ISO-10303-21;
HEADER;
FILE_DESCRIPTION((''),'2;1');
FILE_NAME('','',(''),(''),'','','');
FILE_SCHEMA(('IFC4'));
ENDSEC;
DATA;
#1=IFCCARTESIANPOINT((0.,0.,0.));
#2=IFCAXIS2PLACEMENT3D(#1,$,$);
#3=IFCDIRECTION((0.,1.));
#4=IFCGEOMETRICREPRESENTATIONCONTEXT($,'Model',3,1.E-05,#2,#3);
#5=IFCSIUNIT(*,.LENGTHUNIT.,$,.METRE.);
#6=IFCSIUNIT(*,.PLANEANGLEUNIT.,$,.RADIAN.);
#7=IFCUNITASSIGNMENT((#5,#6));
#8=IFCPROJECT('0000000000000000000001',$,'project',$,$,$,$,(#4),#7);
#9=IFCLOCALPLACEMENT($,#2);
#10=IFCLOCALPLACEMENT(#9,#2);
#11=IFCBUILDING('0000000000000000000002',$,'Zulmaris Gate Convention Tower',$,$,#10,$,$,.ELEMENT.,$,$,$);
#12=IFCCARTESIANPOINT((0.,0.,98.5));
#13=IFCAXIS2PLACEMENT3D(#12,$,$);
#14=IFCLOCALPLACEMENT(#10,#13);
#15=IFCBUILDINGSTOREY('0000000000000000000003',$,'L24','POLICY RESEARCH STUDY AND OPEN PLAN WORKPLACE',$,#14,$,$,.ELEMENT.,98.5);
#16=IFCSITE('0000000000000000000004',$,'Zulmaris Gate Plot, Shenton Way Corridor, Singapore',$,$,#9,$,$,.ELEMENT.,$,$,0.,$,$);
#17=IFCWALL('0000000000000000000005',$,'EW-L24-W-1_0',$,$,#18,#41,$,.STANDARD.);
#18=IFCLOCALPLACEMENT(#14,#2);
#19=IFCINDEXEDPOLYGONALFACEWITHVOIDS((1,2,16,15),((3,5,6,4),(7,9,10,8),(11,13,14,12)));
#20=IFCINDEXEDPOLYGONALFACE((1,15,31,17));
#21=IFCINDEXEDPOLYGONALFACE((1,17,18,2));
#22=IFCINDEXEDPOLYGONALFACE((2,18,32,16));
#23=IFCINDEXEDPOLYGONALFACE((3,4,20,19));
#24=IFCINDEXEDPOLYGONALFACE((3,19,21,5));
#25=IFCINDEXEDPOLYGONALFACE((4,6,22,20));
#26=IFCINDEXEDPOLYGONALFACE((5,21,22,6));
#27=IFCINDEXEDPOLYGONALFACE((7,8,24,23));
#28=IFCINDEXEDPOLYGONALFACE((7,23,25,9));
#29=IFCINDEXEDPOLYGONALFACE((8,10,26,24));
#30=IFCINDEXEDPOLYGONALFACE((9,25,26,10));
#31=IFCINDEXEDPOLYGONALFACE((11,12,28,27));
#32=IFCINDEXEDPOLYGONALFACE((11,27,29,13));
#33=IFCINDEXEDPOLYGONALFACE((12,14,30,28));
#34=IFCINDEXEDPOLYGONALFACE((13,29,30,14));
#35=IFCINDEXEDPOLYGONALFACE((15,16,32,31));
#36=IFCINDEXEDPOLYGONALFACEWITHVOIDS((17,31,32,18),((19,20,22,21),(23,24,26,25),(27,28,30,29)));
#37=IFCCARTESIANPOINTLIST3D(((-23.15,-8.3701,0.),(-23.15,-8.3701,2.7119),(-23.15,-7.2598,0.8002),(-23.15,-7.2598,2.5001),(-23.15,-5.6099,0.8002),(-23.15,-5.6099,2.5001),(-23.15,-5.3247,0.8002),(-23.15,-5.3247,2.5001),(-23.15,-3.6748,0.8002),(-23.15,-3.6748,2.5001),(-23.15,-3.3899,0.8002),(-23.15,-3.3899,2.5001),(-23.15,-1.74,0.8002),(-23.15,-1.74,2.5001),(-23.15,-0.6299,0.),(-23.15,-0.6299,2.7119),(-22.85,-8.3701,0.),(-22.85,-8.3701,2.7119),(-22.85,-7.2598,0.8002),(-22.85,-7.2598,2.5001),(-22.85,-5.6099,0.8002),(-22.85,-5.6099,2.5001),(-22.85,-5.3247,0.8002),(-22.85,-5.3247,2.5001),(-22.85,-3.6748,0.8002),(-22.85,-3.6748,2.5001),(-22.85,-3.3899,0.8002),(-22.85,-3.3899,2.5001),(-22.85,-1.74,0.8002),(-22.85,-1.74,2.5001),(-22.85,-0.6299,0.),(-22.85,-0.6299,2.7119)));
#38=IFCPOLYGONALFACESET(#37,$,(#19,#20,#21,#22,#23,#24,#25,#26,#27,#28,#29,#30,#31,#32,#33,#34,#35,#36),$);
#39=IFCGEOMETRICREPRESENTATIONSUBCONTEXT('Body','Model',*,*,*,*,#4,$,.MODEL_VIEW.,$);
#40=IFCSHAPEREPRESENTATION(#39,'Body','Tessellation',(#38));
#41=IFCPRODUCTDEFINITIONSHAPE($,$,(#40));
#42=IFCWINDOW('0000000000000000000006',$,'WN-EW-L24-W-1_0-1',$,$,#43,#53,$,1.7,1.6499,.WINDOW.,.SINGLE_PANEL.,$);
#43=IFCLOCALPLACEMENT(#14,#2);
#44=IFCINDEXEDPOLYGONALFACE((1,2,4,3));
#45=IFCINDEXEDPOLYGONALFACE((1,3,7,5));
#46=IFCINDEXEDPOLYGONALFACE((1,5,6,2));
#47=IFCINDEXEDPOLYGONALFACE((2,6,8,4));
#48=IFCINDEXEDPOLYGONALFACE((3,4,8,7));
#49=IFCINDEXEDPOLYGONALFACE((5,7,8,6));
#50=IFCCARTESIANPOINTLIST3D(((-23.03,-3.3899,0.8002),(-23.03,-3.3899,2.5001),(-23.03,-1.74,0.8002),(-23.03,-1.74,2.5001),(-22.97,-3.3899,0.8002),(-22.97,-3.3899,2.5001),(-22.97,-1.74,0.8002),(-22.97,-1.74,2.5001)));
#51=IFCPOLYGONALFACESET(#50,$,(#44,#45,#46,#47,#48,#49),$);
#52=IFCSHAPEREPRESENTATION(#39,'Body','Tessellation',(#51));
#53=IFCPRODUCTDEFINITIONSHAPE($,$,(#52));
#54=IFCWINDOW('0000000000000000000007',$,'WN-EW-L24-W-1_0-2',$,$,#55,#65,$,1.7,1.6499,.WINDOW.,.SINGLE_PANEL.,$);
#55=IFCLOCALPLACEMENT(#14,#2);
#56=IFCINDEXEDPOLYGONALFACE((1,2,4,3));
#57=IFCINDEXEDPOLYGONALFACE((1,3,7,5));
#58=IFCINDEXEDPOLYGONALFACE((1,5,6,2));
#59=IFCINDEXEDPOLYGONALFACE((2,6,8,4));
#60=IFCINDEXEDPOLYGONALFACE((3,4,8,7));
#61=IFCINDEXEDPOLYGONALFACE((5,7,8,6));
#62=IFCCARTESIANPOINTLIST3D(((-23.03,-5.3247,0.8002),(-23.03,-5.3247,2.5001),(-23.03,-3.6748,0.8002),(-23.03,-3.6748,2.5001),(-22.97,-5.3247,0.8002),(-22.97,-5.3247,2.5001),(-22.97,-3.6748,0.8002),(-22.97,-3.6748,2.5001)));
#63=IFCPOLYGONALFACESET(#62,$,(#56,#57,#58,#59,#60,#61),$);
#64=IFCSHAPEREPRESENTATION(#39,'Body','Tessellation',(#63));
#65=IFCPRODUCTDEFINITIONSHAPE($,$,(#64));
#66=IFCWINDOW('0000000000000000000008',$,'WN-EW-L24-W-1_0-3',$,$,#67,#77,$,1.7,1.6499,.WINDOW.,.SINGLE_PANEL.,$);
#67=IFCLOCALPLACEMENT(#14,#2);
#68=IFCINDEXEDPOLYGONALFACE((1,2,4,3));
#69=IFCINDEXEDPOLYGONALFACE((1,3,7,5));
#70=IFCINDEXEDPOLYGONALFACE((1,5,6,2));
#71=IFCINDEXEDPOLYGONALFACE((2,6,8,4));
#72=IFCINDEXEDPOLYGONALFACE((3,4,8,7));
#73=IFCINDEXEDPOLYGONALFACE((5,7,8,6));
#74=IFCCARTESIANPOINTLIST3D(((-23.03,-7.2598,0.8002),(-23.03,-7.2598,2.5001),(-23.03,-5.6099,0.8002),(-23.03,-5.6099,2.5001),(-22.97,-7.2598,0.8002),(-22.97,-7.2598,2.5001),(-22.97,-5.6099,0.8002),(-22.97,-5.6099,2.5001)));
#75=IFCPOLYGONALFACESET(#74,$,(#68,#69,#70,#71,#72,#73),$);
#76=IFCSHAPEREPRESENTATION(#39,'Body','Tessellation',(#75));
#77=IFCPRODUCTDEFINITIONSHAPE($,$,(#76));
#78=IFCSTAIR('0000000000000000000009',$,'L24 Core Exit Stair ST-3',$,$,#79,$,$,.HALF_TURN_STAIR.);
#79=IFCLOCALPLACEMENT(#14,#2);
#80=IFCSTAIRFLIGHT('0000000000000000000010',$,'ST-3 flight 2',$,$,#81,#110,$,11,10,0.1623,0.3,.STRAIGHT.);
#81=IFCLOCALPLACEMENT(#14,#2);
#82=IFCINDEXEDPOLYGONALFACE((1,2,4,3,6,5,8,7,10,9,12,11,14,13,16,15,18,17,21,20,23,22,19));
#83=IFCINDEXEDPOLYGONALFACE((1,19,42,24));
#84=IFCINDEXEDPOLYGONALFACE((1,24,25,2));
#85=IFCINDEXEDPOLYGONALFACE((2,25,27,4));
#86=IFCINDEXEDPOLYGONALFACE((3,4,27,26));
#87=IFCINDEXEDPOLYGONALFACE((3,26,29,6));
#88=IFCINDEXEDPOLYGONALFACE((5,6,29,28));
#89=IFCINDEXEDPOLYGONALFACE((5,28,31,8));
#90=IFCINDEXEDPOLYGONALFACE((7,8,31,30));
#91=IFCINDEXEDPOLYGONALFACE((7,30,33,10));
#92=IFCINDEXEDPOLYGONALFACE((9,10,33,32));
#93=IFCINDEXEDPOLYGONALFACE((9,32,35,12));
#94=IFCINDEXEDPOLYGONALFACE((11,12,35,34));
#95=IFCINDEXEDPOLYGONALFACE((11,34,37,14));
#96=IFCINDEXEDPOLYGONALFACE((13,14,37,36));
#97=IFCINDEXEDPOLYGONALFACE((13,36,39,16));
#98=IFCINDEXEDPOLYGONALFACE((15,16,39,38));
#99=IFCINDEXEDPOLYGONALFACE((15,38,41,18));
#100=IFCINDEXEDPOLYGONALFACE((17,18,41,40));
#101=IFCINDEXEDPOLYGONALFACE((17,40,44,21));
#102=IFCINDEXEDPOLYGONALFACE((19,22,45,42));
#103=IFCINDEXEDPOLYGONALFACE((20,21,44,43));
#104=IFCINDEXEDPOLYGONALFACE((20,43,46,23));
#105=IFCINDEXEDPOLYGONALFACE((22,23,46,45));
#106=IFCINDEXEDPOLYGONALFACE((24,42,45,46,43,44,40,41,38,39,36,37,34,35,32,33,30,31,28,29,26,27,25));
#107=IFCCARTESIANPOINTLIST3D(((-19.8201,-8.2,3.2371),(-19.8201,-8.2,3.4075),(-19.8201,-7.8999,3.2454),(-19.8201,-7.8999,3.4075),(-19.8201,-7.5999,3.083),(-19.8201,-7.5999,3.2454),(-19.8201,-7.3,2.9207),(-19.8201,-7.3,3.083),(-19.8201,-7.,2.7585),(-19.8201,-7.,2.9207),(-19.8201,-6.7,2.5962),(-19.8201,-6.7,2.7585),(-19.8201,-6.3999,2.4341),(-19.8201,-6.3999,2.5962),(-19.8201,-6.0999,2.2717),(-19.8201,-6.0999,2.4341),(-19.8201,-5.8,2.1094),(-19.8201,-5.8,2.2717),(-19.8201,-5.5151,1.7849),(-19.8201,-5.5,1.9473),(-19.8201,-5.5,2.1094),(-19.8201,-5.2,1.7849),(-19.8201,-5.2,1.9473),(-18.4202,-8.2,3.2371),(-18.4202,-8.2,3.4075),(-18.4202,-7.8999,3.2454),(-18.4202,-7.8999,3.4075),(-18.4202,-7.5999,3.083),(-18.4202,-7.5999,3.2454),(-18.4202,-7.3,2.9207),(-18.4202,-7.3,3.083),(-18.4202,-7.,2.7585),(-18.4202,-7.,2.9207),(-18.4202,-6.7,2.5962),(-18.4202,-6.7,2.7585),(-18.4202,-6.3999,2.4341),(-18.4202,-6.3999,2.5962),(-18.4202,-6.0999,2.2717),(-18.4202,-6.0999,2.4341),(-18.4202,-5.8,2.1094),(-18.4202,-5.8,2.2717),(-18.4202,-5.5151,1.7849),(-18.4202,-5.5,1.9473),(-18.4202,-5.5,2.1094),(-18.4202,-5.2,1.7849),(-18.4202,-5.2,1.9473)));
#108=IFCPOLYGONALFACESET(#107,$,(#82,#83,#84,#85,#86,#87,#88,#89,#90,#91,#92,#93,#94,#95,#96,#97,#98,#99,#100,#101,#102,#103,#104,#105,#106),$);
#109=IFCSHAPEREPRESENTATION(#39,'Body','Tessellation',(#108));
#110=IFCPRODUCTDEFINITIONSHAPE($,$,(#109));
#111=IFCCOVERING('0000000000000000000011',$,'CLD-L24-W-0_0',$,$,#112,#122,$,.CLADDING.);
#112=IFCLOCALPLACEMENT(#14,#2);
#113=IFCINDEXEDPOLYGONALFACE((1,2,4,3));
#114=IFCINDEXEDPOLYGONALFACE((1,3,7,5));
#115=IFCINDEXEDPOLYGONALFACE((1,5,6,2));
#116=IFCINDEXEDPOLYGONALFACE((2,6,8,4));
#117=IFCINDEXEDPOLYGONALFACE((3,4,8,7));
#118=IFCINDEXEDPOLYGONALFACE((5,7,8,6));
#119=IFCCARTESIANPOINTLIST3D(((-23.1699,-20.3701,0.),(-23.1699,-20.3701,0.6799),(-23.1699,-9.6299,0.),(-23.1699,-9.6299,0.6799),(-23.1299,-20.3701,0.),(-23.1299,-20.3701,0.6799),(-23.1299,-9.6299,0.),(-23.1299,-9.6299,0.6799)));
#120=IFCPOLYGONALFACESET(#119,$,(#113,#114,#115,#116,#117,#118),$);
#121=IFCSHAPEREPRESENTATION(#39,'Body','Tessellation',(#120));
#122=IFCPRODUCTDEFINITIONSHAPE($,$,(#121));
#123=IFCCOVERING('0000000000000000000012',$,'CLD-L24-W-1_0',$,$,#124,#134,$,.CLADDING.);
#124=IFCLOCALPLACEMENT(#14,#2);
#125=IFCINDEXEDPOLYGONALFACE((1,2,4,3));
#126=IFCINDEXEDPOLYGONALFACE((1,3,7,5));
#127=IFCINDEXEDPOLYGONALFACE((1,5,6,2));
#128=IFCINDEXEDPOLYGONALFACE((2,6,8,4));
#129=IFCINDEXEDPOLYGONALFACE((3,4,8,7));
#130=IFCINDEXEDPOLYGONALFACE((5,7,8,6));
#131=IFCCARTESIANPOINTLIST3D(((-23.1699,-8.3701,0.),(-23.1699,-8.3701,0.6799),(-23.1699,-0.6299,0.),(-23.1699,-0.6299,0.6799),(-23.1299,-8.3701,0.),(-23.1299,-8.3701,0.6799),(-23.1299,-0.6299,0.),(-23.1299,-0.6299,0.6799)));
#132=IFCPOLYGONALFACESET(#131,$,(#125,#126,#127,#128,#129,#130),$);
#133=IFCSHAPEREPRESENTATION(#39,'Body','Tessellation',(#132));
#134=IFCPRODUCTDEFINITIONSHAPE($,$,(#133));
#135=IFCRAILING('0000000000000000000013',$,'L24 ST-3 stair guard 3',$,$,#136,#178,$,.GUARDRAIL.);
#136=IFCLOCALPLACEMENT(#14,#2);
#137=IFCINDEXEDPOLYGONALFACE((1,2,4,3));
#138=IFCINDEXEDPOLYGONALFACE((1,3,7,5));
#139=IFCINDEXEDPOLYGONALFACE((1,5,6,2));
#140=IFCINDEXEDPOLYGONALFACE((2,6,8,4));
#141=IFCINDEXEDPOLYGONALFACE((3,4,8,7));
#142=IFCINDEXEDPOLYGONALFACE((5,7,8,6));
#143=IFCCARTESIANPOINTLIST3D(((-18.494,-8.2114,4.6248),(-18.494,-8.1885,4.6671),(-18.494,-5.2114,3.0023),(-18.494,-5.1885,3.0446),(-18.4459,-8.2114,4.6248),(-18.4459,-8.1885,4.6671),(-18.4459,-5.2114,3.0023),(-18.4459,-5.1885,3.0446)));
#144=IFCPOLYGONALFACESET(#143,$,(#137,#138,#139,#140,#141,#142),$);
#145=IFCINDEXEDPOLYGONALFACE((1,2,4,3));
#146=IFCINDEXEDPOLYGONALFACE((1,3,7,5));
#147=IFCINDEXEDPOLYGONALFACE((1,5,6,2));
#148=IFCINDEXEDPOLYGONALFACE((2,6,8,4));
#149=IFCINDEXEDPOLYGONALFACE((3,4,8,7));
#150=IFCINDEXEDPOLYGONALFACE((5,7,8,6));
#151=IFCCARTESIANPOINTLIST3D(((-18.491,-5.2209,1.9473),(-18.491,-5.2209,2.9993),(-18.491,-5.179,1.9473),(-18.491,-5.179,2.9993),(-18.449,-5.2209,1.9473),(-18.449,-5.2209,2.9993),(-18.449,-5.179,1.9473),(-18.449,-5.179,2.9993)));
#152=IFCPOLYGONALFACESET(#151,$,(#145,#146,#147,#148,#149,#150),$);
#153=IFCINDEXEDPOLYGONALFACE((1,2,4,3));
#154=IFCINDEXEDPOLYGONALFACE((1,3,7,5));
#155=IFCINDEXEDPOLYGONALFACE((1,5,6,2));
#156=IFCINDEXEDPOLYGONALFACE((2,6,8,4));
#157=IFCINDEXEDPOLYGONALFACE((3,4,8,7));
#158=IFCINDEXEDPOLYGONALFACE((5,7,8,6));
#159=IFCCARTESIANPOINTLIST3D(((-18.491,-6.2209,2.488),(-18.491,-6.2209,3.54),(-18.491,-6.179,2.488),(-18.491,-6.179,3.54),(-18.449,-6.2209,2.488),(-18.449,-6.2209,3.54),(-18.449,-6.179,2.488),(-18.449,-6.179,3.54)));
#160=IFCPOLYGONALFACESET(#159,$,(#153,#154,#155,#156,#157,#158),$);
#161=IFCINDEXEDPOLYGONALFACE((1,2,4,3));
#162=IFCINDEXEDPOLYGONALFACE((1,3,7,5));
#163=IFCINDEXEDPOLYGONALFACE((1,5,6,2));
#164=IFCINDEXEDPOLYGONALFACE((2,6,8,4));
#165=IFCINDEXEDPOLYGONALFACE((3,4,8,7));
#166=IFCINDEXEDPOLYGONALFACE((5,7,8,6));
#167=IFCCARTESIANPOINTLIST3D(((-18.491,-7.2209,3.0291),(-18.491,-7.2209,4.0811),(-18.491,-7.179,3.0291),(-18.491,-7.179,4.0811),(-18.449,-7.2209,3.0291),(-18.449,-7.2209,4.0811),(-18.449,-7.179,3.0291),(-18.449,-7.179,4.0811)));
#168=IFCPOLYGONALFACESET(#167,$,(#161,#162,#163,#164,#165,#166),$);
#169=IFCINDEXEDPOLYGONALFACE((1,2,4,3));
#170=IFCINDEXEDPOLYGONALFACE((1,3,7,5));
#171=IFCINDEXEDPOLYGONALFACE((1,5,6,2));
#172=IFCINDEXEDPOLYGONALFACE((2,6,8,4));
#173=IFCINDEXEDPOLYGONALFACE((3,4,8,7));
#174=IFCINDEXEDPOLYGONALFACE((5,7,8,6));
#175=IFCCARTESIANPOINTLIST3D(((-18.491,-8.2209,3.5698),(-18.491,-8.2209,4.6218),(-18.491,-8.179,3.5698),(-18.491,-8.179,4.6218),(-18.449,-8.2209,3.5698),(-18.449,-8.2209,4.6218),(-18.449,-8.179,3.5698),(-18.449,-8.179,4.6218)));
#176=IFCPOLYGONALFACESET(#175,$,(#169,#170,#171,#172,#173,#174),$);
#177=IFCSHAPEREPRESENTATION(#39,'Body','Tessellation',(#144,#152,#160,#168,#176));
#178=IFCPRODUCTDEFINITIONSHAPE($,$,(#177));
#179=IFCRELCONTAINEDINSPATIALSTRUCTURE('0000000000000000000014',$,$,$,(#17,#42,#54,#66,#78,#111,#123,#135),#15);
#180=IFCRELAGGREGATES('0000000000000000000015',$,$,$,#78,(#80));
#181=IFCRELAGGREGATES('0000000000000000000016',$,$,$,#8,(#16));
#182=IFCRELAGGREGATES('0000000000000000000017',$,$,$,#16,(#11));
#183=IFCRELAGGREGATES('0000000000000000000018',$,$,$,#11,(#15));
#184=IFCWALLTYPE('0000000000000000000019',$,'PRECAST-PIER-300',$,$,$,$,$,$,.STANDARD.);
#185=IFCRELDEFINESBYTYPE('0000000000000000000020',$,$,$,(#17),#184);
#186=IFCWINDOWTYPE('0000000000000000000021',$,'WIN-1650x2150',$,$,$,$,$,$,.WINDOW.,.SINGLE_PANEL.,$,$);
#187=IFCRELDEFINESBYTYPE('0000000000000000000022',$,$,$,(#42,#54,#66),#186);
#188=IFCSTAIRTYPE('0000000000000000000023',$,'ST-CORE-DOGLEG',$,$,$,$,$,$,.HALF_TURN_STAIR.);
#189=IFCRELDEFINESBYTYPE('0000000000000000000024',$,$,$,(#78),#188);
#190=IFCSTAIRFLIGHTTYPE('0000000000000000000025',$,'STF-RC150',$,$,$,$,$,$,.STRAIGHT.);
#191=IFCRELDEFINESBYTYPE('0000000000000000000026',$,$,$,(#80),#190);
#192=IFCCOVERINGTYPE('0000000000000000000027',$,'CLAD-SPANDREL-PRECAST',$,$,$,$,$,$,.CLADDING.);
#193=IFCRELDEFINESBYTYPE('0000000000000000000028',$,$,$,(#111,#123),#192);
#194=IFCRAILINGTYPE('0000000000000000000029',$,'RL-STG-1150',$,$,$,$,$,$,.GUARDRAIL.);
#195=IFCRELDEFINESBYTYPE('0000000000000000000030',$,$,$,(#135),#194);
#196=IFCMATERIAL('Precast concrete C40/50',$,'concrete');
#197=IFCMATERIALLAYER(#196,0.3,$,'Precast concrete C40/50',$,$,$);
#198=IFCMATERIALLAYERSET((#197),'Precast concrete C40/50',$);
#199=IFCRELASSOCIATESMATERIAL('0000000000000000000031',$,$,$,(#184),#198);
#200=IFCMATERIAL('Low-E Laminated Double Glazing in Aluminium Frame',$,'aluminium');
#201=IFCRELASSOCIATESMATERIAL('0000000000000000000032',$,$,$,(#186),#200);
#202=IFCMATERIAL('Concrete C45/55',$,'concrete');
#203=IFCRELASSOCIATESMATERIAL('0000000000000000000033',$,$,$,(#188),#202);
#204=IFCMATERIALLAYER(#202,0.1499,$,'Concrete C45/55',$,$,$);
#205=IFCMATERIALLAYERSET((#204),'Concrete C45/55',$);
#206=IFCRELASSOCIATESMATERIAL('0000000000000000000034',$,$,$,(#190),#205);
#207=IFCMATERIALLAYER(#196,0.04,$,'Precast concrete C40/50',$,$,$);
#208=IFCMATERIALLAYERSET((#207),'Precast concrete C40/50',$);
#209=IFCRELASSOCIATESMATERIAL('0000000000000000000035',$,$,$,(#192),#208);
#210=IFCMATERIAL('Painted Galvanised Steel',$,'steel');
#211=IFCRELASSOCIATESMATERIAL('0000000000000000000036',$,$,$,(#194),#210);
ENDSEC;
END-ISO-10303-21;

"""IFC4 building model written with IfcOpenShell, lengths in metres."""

from ifc_helpers import new_model, si_unit, direction, frame, frame_2d, origin, origin_2d, place, context, subcontext, project, spatial, polyline, rectangle, outline, extrude, material, layer, layer_set, type_object, element, fill, aggregate, save


model = new_model("IFC4")

# Units and contexts
model_context = context("Model", 3, precision=1e-05, world=origin(), true_north=direction((0.0, 1.0)))
body_context = subcontext(model_context, "Body", "Model", "MODEL_VIEW")
ifc_project = project(units=[si_unit("LENGTHUNIT", "METRE"), si_unit("PLANEANGLEUNIT", "RADIAN")], contexts=[model_context])

# Site, building, storey
site_placement = place(None, origin())
site = spatial("IfcSite", under=ifc_project, at=site_placement, Name="Zulmaris Gate Plot, Shenton Way Corridor, Singapore", CompositionType="ELEMENT", RefElevation=0.0)
building_placement = place(site_placement, origin())
building = spatial("IfcBuilding", under=site, at=building_placement, Name="Zulmaris Gate Convention Tower", CompositionType="ELEMENT")
storey_placement = place(building_placement, frame((0.0, 0.0, 98.5)))
storey = spatial("IfcBuildingStorey", under=building, at=storey_placement, Name="L24", Description="POLICY RESEARCH STUDY AND OPEN PLAN WORKPLACE", CompositionType="ELEMENT", Elevation=98.5)

# Shared definitions
ifc_material_1 = material(Name="Precast concrete C40/50", Category="concrete")
ifc_layer_1 = layer(ifc_material_1, 0.3, Name="Precast concrete C40/50")
ifc_layer_set_1 = layer_set([ifc_layer_1], Name="Precast concrete C40/50")
wall_type_1 = type_object("IfcWallType", Name="PRECAST-PIER-300", PredefinedType="STANDARD", material=ifc_layer_set_1)

# Wall, openings, windows
wall_1_placement = place(storey_placement, frame((-23.0, -0.6299, 0.0), z_axis=(0.0, 0.0, 1.0), x_axis=(0.0, -1.0, 0.0)))
wall_1 = element("IfcWall", 1, at=wall_1_placement, inside=storey, type_object=wall_type_1, Name="EW-L24-W-1_0", PredefinedType="STANDARD", context=body_context, shape_type="SweptSolid", body=[
    extrude(rectangle(XDim=7.7402, YDim=0.3, at=frame_2d((3.8701, 0.0))), origin(), (0.0, 0.0, 1.0), 2.7119),
])
opening_1_placement = place(wall_1_placement, frame((1.1101, 0.0, 0.8)))
opening_1 = element("IfcOpeningElement", 2, at=opening_1_placement, cuts=wall_1, PredefinedType="OPENING", context=body_context, shape_type="SweptSolid", body=[
    extrude(rectangle(XDim=1.6499, YDim=1.7, at=frame_2d((0.825, 0.8501))), frame((0.0, 0.1602, 0.0), z_axis=(0.0, -1.0, 0.0), x_axis=(1.0, 0.0, 0.0)), (0.0, 0.0, 1.0), 0.3201),
])
opening_2_placement = place(wall_1_placement, frame((3.0449, 0.0, 0.8)))
opening_2 = element("IfcOpeningElement", 3, at=opening_2_placement, cuts=wall_1, PredefinedType="OPENING", context=body_context, shape_type="SweptSolid", body=[
    extrude(rectangle(XDim=1.6499, YDim=1.7, at=frame_2d((0.825, 0.8501))), frame((0.0, 0.1602, 0.0), z_axis=(0.0, -1.0, 0.0), x_axis=(1.0, 0.0, 0.0)), (0.0, 0.0, 1.0), 0.3201),
])
opening_3_placement = place(wall_1_placement, frame((4.98, 0.0, 0.8)))
opening_3 = element("IfcOpeningElement", 4, at=opening_3_placement, cuts=wall_1, PredefinedType="OPENING", context=body_context, shape_type="SweptSolid", body=[
    extrude(rectangle(XDim=1.6499, YDim=1.7, at=frame_2d((0.825, 0.8501))), frame((0.0, 0.1602, 0.0), z_axis=(0.0, -1.0, 0.0), x_axis=(1.0, 0.0, 0.0)), (0.0, 0.0, 1.0), 0.3201),
])
ifc_material_2 = material(Name="Low-E Laminated Double Glazing in Aluminium Frame", Category="aluminium")
window_type = type_object("IfcWindowType", Name="WIN-1650x2150", PartitioningType="SINGLE_PANEL", PredefinedType="WINDOW", material=ifc_material_2)
window_1_placement = place(opening_1_placement, origin())
window_1 = element("IfcWindow", 5, at=window_1_placement, inside=storey, type_object=window_type, Name="WN-EW-L24-W-1_0-1", OverallHeight=1.7, OverallWidth=1.6499, PartitioningType="SINGLE_PANEL", PredefinedType="WINDOW", context=body_context, shape_type="SweptSolid", body=[
    extrude(rectangle(XDim=1.6499, YDim=1.7, at=frame_2d((0.825, 0.8501))), frame((0.0, 0.03, 0.0), z_axis=(0.0, -1.0, 0.0), x_axis=(1.0, 0.0, 0.0)), (0.0, 0.0, 1.0), 0.0601),
])
fill(opening_1, window_1)
window_2_placement = place(opening_2_placement, origin())
window_2 = element("IfcWindow", 6, at=window_2_placement, inside=storey, type_object=window_type, Name="WN-EW-L24-W-1_0-2", OverallHeight=1.7, OverallWidth=1.6499, PartitioningType="SINGLE_PANEL", PredefinedType="WINDOW", context=body_context, shape_type="SweptSolid", body=[
    extrude(rectangle(XDim=1.6499, YDim=1.7, at=frame_2d((0.825, 0.8501))), frame((0.0, 0.03, 0.0), z_axis=(0.0, -1.0, 0.0), x_axis=(1.0, 0.0, 0.0)), (0.0, 0.0, 1.0), 0.0601),
])
fill(opening_2, window_2)
window_3_placement = place(opening_3_placement, origin())
window_3 = element("IfcWindow", 7, at=window_3_placement, inside=storey, type_object=window_type, Name="WN-EW-L24-W-1_0-3", OverallHeight=1.7, OverallWidth=1.6499, PartitioningType="SINGLE_PANEL", PredefinedType="WINDOW", context=body_context, shape_type="SweptSolid", body=[
    extrude(rectangle(XDim=1.6499, YDim=1.7, at=frame_2d((0.825, 0.8501))), frame((0.0, 0.03, 0.0), z_axis=(0.0, -1.0, 0.0), x_axis=(1.0, 0.0, 0.0)), (0.0, 0.0, 1.0), 0.0601),
])
fill(opening_3, window_3)

# Stair, stair flight
ifc_material_3 = material(Name="Concrete C45/55", Category="concrete")
stair_type = type_object("IfcStairType", Name="ST-CORE-DOGLEG", PredefinedType="HALF_TURN_STAIR", material=ifc_material_3)
stair_placement = place(storey_placement, origin())
stair = element("IfcStair", 8, at=stair_placement, inside=storey, type_object=stair_type, Name="L24 Core Exit Stair ST-3", PredefinedType="HALF_TURN_STAIR")
ifc_layer_2 = layer(ifc_material_3, 0.1499, Name="Concrete C45/55")
ifc_layer_set_2 = layer_set([ifc_layer_2], Name="Concrete C45/55")
stair_flight_type = type_object("IfcStairFlightType", Name="STF-RC150", PredefinedType="STRAIGHT", material=ifc_layer_set_2)
stair_flight_placement = place(storey_placement, frame((-19.1201, -5.2, 1.7849), z_axis=(0.0, 0.0, 1.0), x_axis=(0.0, -1.0, 0.0)))
stair_flight = element("IfcStairFlight", 9, at=stair_flight_placement, type_object=stair_flight_type, Name="ST-3 flight 2", NumberOfRisers=11, NumberOfTreads=10, PredefinedType="STRAIGHT", RiserHeight=0.1623, TreadLength=0.3, context=body_context, shape_type="SweptSolid", body=[
    extrude(outline(polyline([(0.0, 0.0), (0.0, 0.1624), (0.3, 0.1624), (0.3, 0.3245), (0.6001, 0.3245), (0.6001, 0.4868), (0.8999, 0.4868), (0.8999, 0.6492), (1.2, 0.6492), (1.2, 0.8113), (1.5, 0.8113), (1.5, 0.9736), (1.8, 0.9736), (1.8, 1.1357), (2.1001, 1.1357), (2.1001, 1.2981), (2.3999, 1.2981), (2.3999, 1.4604), (2.7, 1.4604), (2.7, 1.6226), (3.0, 1.6226), (3.0, 1.7849), (3.0, 1.4521), (0.3152, 0.0), (0.0, 0.0)])), frame((0.0, 0.7, 0.0), z_axis=(0.0, -1.0, 0.0), x_axis=(1.0, 0.0, 0.0)), (0.0, 0.0, 1.0), 1.3999),
])
aggregate(stair, [stair_flight])

# Coverings
ifc_layer_3 = layer(ifc_material_1, 0.04, Name="Precast concrete C40/50")
ifc_layer_set_3 = layer_set([ifc_layer_3], Name="Precast concrete C40/50")
covering_type = type_object("IfcCoveringType", Name="CLAD-SPANDREL-PRECAST", PredefinedType="CLADDING", material=ifc_layer_set_3)
covering_1_placement = place(storey_placement, frame((-23.1499, -9.6299, 0.0), z_axis=(0.0, 0.0, 1.0), x_axis=(0.0, -1.0, 0.0)))
element("IfcCovering", 10, at=covering_1_placement, inside=storey, type_object=covering_type, Name="CLD-L24-W-0_0", PredefinedType="CLADDING", context=body_context, shape_type="SweptSolid", body=[
    extrude(rectangle(XDim=10.7402, YDim=0.04, at=frame_2d((5.3701, 0.0))), origin(), (0.0, 0.0, 1.0), 0.6799),
])
covering_2_placement = place(storey_placement, frame((-23.1499, -0.6299, 0.0), z_axis=(0.0, 0.0, 1.0), x_axis=(0.0, -1.0, 0.0)))
element("IfcCovering", 11, at=covering_2_placement, inside=storey, type_object=covering_type, Name="CLD-L24-W-1_0", PredefinedType="CLADDING", context=body_context, shape_type="SweptSolid", body=[
    extrude(rectangle(XDim=7.7402, YDim=0.04, at=frame_2d((3.8701, 0.0))), origin(), (0.0, 0.0, 1.0), 0.6799),
])

# Railing
ifc_material_4 = material(Name="Painted Galvanised Steel", Category="steel")
railing_type_1 = type_object("IfcRailingType", Name="RL-STG-1150", PredefinedType="GUARDRAIL", material=ifc_material_4)
railing_1_placement = place(storey_placement, frame((-18.47, -5.2, 1.9473)))
element("IfcRailing", 12, at=railing_1_placement, inside=storey, type_object=railing_type_1, Name="L24 ST-3 stair guard 3", PredefinedType="GUARDRAIL", context=body_context, shape_type="SweptSolid", body=[
    extrude(rectangle(XDim=0.0481, YDim=0.0481, at=origin_2d()), frame((0.0, 0.0, 1.0762), z_axis=(0.0, -0.879592, 0.47573), x_axis=(1.0, 0.0, 0.0)), (0.0, 0.0, 1.0), 3.4106),
    extrude(rectangle(XDim=0.042, YDim=0.042, at=origin_2d()), origin(), (0.0, 0.0, 1.0), 1.052),
    extrude(rectangle(XDim=0.042, YDim=0.042, at=origin_2d()), frame((0.0, -1.0, 0.5408)), (0.0, 0.0, 1.0), 1.052),
    extrude(rectangle(XDim=0.042, YDim=0.042, at=origin_2d()), frame((0.0, -2.0, 1.0818)), (0.0, 0.0, 1.0), 1.052),
    extrude(rectangle(XDim=0.042, YDim=0.042, at=origin_2d()), frame((0.0, -3.0, 1.6226)), (0.0, 0.0, 1.0), 1.052),
])

save(model, "model.ifc")
